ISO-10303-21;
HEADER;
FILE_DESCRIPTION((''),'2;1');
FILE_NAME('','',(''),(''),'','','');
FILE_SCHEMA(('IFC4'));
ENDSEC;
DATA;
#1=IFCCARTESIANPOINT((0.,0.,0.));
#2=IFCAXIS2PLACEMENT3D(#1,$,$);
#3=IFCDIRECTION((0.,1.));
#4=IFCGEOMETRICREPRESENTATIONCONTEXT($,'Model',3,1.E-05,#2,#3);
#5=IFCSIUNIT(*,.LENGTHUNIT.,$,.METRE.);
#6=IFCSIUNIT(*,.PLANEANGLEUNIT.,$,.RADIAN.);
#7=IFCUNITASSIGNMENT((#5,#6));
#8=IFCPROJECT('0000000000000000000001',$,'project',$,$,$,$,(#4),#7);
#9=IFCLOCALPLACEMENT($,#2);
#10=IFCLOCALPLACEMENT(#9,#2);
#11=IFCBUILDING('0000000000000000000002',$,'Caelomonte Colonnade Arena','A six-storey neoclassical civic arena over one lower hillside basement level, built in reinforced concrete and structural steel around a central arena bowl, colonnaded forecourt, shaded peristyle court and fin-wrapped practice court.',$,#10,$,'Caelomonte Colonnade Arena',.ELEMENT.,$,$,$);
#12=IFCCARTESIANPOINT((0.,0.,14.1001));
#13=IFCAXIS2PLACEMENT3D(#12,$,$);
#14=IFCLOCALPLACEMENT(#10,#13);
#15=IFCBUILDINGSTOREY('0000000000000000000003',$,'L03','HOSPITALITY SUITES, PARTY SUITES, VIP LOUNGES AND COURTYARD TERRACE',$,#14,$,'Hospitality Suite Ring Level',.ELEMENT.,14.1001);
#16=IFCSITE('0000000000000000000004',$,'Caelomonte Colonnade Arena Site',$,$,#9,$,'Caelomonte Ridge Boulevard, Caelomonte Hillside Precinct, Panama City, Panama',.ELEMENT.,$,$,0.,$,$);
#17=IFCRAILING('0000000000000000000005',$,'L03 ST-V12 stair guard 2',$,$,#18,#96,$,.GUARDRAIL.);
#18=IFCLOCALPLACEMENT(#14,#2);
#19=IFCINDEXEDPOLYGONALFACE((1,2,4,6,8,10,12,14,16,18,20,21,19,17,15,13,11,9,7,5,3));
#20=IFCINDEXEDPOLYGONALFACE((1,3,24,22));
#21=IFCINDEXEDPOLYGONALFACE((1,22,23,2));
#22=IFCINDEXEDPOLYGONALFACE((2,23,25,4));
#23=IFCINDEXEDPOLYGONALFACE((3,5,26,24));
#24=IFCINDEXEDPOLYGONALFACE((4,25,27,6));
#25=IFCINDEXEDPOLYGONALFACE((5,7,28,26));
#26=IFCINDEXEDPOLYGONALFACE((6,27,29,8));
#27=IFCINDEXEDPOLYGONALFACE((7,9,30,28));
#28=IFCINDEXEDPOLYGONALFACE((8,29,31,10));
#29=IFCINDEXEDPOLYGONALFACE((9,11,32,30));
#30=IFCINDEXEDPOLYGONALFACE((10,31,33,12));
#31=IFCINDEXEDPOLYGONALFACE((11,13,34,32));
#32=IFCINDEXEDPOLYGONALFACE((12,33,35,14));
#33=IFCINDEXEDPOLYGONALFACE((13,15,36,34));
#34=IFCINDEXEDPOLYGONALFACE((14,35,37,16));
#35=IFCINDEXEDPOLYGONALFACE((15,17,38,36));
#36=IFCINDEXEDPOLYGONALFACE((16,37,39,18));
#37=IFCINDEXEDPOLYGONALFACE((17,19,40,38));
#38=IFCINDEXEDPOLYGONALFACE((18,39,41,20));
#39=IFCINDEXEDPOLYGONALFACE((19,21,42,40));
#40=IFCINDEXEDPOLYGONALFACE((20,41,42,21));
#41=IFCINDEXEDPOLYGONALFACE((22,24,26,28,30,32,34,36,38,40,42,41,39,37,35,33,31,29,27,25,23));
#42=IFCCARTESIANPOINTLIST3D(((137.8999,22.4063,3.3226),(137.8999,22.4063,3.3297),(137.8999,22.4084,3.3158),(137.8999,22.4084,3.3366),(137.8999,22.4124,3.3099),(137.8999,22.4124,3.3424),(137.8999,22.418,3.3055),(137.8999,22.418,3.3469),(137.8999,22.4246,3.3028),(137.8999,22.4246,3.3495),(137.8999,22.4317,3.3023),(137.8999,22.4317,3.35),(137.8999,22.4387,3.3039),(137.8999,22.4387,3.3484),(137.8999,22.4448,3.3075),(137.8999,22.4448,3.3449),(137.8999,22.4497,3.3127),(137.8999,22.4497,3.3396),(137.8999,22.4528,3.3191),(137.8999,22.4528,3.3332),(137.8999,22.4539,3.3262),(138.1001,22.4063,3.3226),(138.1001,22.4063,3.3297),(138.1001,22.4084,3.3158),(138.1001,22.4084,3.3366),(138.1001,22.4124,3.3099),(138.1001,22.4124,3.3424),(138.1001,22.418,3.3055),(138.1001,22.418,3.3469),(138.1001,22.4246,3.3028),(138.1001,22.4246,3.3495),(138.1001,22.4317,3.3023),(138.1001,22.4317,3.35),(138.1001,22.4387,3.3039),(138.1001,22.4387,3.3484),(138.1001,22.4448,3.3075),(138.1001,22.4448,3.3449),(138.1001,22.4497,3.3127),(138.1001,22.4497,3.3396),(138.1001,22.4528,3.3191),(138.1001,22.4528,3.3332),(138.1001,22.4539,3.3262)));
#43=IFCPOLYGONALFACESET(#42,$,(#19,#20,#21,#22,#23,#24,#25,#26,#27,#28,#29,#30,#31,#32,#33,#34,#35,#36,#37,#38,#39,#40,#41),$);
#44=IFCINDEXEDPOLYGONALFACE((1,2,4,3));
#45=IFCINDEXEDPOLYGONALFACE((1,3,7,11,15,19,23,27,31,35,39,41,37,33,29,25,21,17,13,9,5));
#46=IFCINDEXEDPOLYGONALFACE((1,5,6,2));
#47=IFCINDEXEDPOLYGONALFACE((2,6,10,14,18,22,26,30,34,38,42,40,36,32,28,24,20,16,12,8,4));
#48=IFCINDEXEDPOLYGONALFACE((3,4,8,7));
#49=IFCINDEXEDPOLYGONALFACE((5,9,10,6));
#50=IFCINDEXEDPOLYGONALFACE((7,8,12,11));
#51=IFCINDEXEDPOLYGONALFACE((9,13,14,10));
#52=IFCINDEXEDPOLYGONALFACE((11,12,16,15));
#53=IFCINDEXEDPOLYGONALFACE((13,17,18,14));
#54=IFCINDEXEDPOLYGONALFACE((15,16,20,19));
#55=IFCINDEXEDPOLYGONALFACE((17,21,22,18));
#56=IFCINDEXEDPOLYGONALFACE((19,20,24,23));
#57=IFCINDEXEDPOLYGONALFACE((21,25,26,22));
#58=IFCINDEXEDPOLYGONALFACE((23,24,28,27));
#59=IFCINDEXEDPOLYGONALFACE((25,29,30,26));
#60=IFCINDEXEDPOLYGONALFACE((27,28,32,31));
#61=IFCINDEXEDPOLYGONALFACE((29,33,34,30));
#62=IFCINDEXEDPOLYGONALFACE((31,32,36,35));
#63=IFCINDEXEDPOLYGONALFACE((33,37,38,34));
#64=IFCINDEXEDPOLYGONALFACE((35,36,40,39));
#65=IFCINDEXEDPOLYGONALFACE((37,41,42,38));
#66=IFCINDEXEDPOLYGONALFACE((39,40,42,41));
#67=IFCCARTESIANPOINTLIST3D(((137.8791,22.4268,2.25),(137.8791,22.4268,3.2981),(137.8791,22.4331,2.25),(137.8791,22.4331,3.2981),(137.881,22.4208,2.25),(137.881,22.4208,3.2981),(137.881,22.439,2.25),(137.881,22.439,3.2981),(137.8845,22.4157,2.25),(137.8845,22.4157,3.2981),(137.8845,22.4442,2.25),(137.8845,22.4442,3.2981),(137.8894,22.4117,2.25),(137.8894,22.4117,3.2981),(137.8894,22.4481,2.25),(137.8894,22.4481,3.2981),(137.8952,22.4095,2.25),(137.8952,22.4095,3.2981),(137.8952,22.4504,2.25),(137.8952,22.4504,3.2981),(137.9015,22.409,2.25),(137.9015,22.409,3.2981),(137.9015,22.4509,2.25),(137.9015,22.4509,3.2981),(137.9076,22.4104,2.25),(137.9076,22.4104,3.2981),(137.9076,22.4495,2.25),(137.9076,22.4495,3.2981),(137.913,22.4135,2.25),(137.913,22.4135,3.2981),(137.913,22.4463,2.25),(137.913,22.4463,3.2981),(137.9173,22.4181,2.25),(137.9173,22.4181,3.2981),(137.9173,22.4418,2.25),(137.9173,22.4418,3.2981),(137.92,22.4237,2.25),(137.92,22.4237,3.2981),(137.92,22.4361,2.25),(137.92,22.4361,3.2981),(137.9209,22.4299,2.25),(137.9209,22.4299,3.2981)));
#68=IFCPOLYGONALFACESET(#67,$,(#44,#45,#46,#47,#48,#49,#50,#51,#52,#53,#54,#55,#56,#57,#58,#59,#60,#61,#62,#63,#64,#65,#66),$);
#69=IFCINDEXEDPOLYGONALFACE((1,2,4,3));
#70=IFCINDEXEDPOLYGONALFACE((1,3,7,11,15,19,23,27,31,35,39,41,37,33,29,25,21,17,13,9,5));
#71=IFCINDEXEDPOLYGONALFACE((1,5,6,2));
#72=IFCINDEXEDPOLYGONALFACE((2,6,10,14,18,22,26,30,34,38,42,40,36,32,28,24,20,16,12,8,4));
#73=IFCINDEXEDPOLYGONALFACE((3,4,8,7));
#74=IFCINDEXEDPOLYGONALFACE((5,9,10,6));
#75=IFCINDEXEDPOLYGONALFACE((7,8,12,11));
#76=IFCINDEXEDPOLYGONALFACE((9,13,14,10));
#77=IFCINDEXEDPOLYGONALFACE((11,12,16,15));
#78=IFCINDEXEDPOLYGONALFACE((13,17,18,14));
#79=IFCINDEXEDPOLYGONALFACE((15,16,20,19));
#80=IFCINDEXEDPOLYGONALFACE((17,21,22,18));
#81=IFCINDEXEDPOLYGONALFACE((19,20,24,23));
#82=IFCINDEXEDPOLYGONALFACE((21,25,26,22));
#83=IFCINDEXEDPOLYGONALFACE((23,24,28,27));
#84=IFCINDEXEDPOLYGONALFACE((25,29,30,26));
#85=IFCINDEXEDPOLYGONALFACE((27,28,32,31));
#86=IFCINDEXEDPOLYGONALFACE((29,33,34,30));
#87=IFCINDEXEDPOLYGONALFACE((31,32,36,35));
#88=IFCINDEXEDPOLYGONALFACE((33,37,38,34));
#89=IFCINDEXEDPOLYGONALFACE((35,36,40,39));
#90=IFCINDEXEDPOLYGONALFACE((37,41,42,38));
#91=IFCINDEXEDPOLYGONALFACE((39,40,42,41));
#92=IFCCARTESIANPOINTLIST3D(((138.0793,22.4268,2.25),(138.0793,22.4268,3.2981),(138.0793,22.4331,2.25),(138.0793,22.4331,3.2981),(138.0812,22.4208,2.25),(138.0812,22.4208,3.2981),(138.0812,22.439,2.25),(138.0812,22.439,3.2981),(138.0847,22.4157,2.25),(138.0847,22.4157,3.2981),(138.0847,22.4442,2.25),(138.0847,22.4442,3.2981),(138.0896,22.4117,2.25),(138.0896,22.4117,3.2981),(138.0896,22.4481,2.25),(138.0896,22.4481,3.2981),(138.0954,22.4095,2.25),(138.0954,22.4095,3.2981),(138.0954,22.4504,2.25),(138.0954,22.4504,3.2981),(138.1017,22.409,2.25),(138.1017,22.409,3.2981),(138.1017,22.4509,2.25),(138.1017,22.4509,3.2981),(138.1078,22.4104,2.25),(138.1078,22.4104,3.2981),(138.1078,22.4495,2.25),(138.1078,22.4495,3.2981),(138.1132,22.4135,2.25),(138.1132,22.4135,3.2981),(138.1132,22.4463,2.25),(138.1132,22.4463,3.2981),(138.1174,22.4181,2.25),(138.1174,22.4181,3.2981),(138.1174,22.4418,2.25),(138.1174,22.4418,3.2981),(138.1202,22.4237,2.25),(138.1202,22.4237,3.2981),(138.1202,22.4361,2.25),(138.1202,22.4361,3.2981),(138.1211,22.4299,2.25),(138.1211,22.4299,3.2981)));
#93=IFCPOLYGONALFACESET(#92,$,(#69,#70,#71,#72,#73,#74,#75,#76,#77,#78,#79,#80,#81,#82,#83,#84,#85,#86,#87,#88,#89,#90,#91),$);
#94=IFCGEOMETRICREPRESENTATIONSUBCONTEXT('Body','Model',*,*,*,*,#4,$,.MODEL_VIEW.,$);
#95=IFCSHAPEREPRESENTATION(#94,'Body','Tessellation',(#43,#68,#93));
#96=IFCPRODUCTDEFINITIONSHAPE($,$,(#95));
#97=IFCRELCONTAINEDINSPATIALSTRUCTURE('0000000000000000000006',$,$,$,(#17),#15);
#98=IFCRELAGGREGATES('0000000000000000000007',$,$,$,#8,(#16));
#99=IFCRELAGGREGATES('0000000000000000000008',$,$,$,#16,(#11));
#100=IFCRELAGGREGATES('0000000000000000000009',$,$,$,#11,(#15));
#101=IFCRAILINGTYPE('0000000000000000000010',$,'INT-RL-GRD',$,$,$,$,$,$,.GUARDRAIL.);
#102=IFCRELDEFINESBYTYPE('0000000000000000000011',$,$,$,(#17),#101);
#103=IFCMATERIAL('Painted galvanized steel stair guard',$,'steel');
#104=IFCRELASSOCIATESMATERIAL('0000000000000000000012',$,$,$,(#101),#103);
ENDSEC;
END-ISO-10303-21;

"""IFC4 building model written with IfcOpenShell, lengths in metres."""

from ifc_helpers import new_model, si_unit, direction, frame, origin, origin_2d, place, context, subcontext, project, spatial, circle, extrude, material, type_object, element, save


model = new_model("IFC4")

# Units and contexts
model_context = context("Model", 3, precision=1e-05, world=origin(), true_north=direction((0.0, 1.0)))
body_context = subcontext(model_context, "Body", "Model", "MODEL_VIEW")
ifc_project = project(units=[si_unit("LENGTHUNIT", "METRE"), si_unit("PLANEANGLEUNIT", "RADIAN")], contexts=[model_context])

# Site, building, storey
site_placement = place(None, origin())
site = spatial("IfcSite", under=ifc_project, at=site_placement, Name="Caelomonte Colonnade Arena Site", LongName="Caelomonte Ridge Boulevard, Caelomonte Hillside Precinct, Panama City, Panama", CompositionType="ELEMENT", RefElevation=0.0)
building_placement = place(site_placement, origin())
building = spatial("IfcBuilding", under=site, at=building_placement, Name="Caelomonte Colonnade Arena", Description="A six-storey neoclassical civic arena over one lower hillside basement level, built in reinforced concrete and structural steel around a central arena bowl, colonnaded forecourt, shaded peristyle court and fin-wrapped practice court.", LongName="Caelomonte Colonnade Arena", CompositionType="ELEMENT")
storey_placement = place(building_placement, frame((0.0, 0.0, 14.1001)))
storey = spatial("IfcBuildingStorey", under=building, at=storey_placement, Name="L03", Description="HOSPITALITY SUITES, PARTY SUITES, VIP LOUNGES AND COURTYARD TERRACE", LongName="Hospitality Suite Ring Level", CompositionType="ELEMENT", Elevation=14.1001)

# Railing
ifc_material_1 = material(Name="Painted galvanized steel stair guard", Category="steel")
railing_type_1 = type_object("IfcRailingType", Name="INT-RL-GRD", PredefinedType="GUARDRAIL", material=ifc_material_1)
railing_1_placement = place(storey_placement, frame((137.8999, 22.4299, 2.25)))
element("IfcRailing", 1, at=railing_1_placement, inside=storey, type_object=railing_type_1, Name="L03 ST-V12 stair guard 2", PredefinedType="GUARDRAIL", context=body_context, shape_type="SweptSolid", body=[
    extrude(circle(Radius=0.0239, at=origin_2d()), frame((0.0, 0.0, 1.0762), z_axis=(1.0, 0.0, 0.0), x_axis=(0.0, 1.0, 0.0)), (0.0, 0.0, 1.0), 0.2002),
    extrude(circle(Radius=0.021, at=origin_2d()), origin(), (0.0, 0.0, 1.0), 1.0481),
    extrude(circle(Radius=0.021, at=origin_2d()), frame((0.2002, 0.0, 0.0)), (0.0, 0.0, 1.0), 1.0481),
])

save(model, "model.ifc")
